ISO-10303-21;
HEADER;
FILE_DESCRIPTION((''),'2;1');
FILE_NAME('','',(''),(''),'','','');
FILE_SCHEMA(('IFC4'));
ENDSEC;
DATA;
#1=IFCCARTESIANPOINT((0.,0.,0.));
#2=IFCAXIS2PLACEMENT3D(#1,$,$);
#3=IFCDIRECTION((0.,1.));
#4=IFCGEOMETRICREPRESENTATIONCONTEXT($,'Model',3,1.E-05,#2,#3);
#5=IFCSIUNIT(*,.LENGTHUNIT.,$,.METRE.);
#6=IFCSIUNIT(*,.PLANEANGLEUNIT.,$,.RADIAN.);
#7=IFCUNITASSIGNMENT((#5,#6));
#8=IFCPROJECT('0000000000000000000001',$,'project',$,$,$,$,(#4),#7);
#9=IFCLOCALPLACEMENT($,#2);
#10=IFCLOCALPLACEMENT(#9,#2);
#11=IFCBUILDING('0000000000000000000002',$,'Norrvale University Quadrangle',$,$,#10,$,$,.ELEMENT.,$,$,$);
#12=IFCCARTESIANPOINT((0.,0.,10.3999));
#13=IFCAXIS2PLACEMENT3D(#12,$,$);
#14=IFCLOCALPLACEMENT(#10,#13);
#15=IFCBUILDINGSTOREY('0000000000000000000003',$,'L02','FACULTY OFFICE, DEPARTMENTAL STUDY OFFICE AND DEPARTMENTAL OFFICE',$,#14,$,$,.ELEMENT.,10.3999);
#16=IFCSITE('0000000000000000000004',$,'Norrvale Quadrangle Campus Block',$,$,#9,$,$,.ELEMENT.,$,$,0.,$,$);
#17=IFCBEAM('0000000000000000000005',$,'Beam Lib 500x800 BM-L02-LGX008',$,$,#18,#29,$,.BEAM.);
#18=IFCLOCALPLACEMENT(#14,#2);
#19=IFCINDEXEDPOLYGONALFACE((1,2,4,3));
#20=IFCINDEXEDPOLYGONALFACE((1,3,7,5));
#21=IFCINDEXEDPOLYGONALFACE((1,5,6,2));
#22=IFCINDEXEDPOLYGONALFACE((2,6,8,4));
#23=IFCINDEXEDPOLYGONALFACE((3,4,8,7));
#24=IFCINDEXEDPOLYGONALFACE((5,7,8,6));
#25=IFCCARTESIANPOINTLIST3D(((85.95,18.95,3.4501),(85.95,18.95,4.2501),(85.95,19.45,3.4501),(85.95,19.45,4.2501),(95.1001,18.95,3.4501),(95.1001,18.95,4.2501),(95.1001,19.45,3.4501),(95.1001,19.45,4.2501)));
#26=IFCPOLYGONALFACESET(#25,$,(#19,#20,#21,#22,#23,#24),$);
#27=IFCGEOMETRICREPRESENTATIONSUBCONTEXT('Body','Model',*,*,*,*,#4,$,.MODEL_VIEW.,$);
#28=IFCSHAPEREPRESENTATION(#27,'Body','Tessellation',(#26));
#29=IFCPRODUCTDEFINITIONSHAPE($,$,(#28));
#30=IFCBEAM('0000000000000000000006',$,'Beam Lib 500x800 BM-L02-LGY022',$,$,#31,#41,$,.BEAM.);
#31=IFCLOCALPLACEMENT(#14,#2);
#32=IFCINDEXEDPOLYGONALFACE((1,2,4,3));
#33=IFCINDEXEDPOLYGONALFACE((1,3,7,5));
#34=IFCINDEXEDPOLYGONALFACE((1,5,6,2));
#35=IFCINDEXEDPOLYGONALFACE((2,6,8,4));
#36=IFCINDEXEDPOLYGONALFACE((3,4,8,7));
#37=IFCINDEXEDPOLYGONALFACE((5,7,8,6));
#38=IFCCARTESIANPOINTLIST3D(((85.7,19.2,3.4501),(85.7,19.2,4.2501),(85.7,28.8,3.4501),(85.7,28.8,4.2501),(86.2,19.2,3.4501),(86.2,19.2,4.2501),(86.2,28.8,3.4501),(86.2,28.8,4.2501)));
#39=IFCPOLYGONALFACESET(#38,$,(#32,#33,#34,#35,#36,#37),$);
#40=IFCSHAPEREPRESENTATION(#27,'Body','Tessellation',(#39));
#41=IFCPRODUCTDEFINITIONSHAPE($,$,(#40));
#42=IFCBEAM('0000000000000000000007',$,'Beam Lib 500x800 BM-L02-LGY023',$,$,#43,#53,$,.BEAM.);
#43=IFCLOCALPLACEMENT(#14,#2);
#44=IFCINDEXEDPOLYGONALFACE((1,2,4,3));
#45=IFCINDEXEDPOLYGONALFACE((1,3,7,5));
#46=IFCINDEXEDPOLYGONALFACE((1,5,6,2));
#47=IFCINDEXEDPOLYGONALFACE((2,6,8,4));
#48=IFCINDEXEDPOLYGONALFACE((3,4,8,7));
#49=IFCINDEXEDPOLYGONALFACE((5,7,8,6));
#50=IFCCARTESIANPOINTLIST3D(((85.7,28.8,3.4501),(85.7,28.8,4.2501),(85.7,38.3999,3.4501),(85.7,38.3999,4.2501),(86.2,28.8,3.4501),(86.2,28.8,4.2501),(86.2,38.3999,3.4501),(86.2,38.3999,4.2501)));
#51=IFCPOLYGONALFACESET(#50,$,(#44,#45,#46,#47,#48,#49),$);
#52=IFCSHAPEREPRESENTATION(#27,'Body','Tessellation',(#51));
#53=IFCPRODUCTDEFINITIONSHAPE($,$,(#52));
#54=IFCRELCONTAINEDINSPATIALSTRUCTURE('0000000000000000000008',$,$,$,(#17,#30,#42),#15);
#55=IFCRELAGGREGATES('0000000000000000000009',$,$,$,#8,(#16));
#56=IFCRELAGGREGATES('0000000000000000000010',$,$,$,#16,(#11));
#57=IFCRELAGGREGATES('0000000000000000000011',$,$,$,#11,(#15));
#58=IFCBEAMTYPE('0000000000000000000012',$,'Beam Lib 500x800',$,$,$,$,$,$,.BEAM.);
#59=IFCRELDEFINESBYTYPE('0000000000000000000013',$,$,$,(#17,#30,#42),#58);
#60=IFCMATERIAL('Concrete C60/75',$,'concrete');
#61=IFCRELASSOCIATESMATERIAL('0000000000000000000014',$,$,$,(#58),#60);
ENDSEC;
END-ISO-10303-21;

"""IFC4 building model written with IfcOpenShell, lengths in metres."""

from ifc_helpers import new_model, si_unit, direction, frame, origin, origin_2d, place, context, subcontext, project, spatial, rectangle, extrude, material, material_profile, profile_set, type_object, element, save


model = new_model("IFC4")

# Units and contexts
model_context = context("Model", 3, precision=1e-05, world=origin(), true_north=direction((0.0, 1.0)))
body_context = subcontext(model_context, "Body", "Model", "MODEL_VIEW")
ifc_project = project(units=[si_unit("LENGTHUNIT", "METRE"), si_unit("PLANEANGLEUNIT", "RADIAN")], contexts=[model_context])

# Site, building, storey
site_placement = place(None, origin())
site = spatial("IfcSite", under=ifc_project, at=site_placement, Name="Norrvale Quadrangle Campus Block", CompositionType="ELEMENT", RefElevation=0.0)
building_placement = place(site_placement, origin())
building = spatial("IfcBuilding", under=site, at=building_placement, Name="Norrvale University Quadrangle", CompositionType="ELEMENT")
storey_placement = place(building_placement, frame((0.0, 0.0, 10.3999)))
storey = spatial("IfcBuildingStorey", under=building, at=storey_placement, Name="L02", Description="FACULTY OFFICE, DEPARTMENTAL STUDY OFFICE AND DEPARTMENTAL OFFICE", CompositionType="ELEMENT", Elevation=10.3999)

# Shared definitions
ifc_material_1 = material(Name="Concrete C60/75", Category="concrete")

# Beams
ifc_material_profile_1 = material_profile(ifc_material_1, rectangle(XDim=0.5, YDim=0.8, at=origin_2d()), Name="Concrete C60/75")
ifc_profile_set_1 = profile_set([ifc_material_profile_1], Name="Concrete C60/75")
beam_type_1 = type_object("IfcBeamType", Name="Beam Lib 500x800", PredefinedType="BEAM", material=ifc_profile_set_1)
beam_1_placement = place(storey_placement, frame((85.95, 19.2, 3.8501), z_axis=(1.0, 0.0, 0.0), x_axis=(0.0, 1.0, 0.0)))
element("IfcBeam", 1, at=beam_1_placement, inside=storey, type_object=beam_type_1, Name="Beam Lib 500x800 BM-L02-LGX008", PredefinedType="BEAM", context=body_context, shape_type="SweptSolid", body=[
    extrude(rectangle(XDim=0.5, YDim=0.8, at=origin_2d()), origin(), (0.0, 0.0, 1.0), 9.1501),
])
beam_2_placement = place(storey_placement, frame((85.95, 19.2, 3.8501), z_axis=(0.0, 1.0, 0.0), x_axis=(-1.0, 0.0, 0.0)))
element("IfcBeam", 2, at=beam_2_placement, inside=storey, type_object=beam_type_1, Name="Beam Lib 500x800 BM-L02-LGY022", PredefinedType="BEAM", context=body_context, shape_type="SweptSolid", body=[
    extrude(rectangle(XDim=0.5, YDim=0.8, at=origin_2d()), origin(), (0.0, 0.0, 1.0), 9.6001),
])
beam_3_placement = place(storey_placement, frame((85.95, 28.8, 3.8501), z_axis=(0.0, 1.0, 0.0), x_axis=(-1.0, 0.0, 0.0)))
element("IfcBeam", 3, at=beam_3_placement, inside=storey, type_object=beam_type_1, Name="Beam Lib 500x800 BM-L02-LGY023", PredefinedType="BEAM", context=body_context, shape_type="SweptSolid", body=[
    extrude(rectangle(XDim=0.5, YDim=0.8, at=origin_2d()), origin(), (0.0, 0.0, 1.0), 9.5999),
])

save(model, "model.ifc")
